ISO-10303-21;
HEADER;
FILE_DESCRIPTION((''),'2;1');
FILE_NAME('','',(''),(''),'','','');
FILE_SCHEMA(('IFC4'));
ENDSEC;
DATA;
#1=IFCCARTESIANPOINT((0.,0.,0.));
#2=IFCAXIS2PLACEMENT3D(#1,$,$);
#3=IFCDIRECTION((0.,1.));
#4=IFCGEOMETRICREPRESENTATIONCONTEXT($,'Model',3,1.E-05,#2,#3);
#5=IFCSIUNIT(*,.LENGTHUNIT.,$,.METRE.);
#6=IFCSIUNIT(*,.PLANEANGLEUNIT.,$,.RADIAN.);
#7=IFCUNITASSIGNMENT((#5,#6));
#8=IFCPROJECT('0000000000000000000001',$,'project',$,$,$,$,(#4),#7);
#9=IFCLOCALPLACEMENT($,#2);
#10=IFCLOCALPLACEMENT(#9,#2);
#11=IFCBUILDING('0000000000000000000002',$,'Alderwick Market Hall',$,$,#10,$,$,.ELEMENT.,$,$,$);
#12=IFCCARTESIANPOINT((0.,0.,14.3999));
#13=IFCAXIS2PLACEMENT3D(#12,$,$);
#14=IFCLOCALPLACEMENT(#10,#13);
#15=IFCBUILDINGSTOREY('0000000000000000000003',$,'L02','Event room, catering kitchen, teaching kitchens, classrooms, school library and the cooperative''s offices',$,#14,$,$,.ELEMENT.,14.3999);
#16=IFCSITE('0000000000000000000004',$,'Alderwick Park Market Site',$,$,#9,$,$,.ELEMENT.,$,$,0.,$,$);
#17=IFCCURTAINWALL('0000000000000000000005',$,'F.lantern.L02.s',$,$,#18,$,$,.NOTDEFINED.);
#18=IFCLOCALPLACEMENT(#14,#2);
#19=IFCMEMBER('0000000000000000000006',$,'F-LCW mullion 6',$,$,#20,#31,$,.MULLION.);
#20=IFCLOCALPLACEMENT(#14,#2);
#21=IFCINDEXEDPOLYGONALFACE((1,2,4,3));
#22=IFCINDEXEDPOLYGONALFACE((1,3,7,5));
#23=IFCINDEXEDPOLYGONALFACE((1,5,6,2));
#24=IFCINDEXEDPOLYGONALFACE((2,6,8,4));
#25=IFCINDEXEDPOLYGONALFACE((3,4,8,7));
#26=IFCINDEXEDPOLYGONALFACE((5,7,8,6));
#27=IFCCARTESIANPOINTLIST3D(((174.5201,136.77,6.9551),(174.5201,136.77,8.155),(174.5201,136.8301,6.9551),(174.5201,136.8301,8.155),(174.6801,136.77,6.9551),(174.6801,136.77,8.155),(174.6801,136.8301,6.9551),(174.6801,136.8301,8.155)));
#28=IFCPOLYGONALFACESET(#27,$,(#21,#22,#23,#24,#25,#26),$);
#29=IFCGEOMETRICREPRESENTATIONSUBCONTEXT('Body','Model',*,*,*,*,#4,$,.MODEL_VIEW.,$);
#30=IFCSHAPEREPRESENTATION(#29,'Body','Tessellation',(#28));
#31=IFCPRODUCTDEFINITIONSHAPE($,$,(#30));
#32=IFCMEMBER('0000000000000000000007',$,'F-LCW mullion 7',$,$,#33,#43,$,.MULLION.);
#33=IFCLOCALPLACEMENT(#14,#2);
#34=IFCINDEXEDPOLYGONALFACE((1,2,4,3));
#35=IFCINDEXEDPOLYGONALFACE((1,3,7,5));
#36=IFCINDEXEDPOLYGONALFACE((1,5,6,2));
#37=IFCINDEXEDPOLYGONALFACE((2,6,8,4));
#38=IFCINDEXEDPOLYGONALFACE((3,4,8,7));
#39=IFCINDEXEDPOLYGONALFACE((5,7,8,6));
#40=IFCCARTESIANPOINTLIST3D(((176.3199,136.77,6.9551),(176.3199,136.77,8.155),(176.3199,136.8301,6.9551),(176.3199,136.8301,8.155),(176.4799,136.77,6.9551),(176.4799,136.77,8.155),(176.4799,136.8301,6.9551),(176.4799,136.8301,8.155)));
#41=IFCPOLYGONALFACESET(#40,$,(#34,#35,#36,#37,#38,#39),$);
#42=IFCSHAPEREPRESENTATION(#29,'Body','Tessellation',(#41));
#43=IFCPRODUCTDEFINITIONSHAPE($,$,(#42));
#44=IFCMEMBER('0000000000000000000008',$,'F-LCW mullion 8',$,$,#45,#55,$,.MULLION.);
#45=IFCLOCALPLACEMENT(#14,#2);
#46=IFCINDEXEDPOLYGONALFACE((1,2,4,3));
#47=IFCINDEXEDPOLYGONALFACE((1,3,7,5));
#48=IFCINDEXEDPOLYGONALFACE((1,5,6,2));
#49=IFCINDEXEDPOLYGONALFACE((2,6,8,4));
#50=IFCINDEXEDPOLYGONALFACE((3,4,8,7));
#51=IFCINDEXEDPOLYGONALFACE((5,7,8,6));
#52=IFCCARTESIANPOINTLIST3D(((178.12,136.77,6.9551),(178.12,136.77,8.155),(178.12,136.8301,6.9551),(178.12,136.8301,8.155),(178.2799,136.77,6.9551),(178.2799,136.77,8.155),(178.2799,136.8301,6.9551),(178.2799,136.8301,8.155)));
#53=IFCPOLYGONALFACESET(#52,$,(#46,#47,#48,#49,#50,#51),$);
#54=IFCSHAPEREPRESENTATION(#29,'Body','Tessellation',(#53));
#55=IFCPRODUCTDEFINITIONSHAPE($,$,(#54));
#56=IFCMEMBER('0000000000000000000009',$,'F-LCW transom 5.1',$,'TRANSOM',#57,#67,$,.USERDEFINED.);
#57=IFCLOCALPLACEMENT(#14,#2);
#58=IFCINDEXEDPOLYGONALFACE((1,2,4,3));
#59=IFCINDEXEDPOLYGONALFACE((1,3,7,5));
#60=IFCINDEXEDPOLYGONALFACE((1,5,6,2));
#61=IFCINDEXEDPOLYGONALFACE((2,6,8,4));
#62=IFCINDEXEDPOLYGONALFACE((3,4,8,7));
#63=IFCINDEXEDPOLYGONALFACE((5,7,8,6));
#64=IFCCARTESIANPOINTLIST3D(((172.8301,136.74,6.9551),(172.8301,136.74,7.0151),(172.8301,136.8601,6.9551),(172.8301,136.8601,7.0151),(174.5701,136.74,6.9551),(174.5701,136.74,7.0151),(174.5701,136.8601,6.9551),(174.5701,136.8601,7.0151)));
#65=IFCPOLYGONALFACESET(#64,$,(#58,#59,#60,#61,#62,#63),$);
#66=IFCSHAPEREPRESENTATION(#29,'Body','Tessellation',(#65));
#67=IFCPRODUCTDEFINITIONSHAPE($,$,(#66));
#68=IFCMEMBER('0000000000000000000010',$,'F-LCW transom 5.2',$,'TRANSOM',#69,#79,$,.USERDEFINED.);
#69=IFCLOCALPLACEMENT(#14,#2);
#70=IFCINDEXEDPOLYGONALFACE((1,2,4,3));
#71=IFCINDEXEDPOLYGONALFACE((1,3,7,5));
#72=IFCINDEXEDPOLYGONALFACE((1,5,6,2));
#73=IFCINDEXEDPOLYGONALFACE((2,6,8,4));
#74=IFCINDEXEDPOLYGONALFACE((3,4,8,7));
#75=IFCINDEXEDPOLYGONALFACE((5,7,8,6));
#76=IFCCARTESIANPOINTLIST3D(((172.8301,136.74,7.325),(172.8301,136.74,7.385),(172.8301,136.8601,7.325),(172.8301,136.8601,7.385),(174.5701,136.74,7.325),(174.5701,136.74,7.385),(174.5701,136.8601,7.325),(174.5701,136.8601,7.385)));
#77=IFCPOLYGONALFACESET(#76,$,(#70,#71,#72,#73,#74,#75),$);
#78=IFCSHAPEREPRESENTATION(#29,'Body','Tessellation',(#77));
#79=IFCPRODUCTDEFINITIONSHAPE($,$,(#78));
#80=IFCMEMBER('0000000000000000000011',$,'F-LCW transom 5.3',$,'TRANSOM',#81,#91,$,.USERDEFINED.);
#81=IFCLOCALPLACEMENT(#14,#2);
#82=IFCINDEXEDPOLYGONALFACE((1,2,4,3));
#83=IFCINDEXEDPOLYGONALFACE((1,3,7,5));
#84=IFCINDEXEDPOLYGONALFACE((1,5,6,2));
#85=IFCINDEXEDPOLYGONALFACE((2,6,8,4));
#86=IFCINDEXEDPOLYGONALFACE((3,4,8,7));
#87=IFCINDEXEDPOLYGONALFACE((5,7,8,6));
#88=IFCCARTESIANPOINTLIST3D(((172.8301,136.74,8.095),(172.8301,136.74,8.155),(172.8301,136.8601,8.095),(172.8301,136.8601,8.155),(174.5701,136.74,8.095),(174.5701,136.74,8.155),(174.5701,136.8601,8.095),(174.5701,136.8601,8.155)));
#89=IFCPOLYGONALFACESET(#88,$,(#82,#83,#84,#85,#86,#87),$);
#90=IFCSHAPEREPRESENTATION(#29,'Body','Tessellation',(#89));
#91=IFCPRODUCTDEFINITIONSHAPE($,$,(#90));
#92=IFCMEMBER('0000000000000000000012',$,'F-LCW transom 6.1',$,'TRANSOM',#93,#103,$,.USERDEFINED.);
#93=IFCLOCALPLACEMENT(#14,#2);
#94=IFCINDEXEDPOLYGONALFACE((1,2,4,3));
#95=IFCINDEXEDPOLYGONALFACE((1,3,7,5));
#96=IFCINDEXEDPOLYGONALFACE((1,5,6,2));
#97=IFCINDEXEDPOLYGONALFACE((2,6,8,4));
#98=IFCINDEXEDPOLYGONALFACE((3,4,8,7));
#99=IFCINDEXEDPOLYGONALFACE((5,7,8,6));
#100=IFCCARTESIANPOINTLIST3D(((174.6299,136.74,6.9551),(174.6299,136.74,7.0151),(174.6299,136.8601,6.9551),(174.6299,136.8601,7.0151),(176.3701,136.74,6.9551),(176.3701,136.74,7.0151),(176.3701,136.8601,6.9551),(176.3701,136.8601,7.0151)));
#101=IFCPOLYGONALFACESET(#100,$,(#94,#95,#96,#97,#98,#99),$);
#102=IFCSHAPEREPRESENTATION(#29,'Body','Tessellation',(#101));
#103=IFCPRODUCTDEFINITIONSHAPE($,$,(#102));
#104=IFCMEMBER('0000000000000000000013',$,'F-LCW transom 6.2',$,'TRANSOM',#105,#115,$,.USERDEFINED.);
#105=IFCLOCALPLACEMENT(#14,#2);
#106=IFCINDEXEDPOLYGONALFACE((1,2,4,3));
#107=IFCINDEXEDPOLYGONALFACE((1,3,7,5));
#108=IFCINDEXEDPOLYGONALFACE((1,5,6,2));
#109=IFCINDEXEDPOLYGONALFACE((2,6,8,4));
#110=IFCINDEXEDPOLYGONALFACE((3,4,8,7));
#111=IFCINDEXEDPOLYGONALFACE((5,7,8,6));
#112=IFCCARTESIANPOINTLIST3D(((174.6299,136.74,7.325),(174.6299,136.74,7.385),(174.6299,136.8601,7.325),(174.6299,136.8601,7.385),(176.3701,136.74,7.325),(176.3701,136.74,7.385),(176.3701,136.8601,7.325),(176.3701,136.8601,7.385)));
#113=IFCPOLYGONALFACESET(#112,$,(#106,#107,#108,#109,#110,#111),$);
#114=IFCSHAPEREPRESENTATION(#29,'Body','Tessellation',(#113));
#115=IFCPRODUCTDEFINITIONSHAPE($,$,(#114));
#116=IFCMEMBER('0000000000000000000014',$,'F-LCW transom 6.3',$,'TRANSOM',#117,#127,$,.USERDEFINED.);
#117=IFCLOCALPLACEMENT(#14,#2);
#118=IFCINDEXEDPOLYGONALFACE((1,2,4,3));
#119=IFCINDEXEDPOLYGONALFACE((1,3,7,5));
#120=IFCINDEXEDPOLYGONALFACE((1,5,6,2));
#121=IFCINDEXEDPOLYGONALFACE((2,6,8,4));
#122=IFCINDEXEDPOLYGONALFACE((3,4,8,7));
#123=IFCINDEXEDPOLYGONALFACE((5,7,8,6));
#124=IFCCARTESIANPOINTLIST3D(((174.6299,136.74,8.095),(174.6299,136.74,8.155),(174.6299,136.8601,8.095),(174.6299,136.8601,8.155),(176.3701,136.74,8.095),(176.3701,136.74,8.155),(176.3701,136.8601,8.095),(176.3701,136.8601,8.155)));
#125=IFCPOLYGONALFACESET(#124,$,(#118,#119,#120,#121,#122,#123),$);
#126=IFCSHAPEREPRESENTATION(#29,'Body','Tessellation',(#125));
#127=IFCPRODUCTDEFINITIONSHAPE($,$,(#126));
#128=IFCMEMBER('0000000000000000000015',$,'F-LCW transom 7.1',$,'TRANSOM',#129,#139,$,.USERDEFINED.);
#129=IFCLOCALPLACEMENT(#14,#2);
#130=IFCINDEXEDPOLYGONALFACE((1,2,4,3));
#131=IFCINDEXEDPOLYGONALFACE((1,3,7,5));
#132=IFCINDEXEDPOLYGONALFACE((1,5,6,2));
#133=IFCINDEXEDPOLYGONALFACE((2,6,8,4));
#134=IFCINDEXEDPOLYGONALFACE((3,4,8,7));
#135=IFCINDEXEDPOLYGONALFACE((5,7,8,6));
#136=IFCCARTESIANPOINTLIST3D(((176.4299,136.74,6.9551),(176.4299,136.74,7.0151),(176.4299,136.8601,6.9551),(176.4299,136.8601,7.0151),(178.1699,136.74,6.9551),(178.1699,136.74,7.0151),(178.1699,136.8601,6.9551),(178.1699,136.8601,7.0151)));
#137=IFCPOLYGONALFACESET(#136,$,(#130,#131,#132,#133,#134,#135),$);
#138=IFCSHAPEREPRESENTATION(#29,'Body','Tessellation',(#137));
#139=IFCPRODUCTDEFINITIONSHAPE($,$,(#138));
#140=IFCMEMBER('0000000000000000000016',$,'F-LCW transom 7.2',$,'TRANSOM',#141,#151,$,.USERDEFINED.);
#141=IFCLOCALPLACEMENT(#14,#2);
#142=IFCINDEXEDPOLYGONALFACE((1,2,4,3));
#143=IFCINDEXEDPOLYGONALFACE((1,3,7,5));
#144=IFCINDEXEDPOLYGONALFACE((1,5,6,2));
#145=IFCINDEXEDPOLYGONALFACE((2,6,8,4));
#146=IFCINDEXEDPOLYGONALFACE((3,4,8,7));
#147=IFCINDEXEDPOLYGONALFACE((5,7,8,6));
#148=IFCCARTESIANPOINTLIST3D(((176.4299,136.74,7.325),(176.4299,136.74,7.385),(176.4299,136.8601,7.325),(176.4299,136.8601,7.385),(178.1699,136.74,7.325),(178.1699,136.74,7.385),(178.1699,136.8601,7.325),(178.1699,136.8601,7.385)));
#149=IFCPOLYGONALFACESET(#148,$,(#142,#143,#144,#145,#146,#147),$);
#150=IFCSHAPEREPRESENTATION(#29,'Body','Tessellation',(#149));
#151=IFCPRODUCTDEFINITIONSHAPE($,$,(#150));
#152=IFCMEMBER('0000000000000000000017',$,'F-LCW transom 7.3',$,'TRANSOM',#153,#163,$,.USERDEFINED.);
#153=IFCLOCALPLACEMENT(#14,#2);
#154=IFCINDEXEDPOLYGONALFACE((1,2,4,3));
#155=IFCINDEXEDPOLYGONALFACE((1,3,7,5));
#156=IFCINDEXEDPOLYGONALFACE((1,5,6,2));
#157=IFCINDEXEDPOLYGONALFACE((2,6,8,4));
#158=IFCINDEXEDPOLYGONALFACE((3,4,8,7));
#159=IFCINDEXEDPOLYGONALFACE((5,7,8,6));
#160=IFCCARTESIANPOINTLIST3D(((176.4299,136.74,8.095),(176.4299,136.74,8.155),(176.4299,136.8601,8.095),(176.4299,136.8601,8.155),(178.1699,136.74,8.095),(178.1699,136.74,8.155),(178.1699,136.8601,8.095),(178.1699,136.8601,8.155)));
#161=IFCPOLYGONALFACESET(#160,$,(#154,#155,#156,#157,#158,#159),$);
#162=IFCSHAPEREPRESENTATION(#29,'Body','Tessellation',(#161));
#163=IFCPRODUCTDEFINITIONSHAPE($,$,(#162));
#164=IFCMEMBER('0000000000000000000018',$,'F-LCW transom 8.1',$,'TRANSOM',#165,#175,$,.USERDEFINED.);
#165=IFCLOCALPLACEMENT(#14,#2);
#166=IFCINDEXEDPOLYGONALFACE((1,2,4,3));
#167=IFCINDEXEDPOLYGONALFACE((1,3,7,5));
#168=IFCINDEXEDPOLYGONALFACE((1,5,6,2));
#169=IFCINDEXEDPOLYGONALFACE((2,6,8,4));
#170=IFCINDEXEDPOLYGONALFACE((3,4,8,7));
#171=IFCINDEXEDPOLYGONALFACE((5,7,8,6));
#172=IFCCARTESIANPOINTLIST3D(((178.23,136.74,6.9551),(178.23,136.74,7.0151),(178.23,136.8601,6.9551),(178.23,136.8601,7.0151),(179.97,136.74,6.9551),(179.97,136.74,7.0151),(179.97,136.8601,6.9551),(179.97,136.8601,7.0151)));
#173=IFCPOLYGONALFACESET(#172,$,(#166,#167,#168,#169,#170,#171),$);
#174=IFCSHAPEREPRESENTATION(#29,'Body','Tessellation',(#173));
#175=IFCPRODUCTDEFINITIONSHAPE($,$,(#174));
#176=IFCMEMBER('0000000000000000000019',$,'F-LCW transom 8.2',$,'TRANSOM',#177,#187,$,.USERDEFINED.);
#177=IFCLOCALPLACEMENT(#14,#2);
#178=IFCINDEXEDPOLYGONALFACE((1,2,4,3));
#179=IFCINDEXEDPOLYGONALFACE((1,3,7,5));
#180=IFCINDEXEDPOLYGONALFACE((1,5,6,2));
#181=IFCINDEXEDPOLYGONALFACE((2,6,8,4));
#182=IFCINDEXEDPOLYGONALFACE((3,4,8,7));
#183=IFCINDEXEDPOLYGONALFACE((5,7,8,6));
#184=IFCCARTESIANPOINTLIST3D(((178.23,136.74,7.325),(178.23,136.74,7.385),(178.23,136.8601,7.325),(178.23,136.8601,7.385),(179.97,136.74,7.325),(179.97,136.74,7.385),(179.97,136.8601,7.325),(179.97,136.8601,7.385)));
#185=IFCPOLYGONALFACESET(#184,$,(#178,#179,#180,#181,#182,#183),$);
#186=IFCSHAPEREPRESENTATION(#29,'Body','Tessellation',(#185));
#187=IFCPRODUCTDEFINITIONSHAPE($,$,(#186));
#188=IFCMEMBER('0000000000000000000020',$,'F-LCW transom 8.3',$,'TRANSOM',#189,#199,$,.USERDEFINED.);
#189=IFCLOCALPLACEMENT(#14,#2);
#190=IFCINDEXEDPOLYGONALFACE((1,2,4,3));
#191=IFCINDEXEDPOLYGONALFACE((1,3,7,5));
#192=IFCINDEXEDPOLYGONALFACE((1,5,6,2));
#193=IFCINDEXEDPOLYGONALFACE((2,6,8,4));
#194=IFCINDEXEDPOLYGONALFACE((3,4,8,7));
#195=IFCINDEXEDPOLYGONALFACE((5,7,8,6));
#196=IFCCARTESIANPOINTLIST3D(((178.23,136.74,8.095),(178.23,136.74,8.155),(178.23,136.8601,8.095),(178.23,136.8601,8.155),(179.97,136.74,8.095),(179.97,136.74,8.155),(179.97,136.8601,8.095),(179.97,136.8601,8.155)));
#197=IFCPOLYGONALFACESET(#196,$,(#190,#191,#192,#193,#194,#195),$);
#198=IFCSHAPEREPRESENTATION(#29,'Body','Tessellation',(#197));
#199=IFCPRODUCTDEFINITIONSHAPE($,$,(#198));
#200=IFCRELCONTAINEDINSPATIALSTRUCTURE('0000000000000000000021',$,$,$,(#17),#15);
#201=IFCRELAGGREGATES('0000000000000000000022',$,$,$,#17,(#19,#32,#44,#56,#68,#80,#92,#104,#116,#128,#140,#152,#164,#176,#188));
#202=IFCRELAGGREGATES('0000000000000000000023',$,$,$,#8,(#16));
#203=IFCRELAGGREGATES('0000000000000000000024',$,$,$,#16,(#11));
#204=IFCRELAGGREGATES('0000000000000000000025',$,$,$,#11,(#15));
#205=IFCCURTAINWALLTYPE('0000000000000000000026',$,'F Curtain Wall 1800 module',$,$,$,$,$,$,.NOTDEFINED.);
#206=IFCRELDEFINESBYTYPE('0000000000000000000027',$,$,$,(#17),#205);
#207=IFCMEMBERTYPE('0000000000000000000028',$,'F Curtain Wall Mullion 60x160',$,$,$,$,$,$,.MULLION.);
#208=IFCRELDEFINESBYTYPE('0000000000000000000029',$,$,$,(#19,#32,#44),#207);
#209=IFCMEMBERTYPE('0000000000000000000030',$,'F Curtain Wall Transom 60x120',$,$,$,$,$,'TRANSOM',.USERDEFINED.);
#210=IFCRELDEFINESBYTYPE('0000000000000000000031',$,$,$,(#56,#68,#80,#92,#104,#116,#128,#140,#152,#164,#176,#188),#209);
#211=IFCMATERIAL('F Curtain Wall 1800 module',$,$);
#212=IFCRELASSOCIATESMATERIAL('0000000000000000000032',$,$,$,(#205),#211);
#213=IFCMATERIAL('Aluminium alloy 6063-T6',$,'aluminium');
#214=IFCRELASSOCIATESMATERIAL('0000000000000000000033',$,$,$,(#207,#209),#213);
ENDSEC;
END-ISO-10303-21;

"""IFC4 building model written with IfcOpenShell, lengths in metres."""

from ifc_helpers import new_model, si_unit, direction, frame, origin, origin_2d, place, context, subcontext, project, spatial, rectangle, extrude, material, material_profile, profile_set, type_object, element, aggregate, save


model = new_model("IFC4")

# Units and contexts
model_context = context("Model", 3, precision=1e-05, world=origin(), true_north=direction((0.0, 1.0)))
body_context = subcontext(model_context, "Body", "Model", "MODEL_VIEW")
ifc_project = project(units=[si_unit("LENGTHUNIT", "METRE"), si_unit("PLANEANGLEUNIT", "RADIAN")], contexts=[model_context])

# Site, building, storey
site_placement = place(None, origin())
site = spatial("IfcSite", under=ifc_project, at=site_placement, Name="Alderwick Park Market Site", CompositionType="ELEMENT", RefElevation=0.0)
building_placement = place(site_placement, origin())
building = spatial("IfcBuilding", under=site, at=building_placement, Name="Alderwick Market Hall", CompositionType="ELEMENT")
storey_placement = place(building_placement, frame((0.0, 0.0, 14.3999)))
storey = spatial("IfcBuildingStorey", under=building, at=storey_placement, Name="L02", Description="Event room, catering kitchen, teaching kitchens, classrooms, school library and the cooperative's offices", CompositionType="ELEMENT", Elevation=14.3999)

# Curtain wall, members
ifc_material_1 = material(Name="F Curtain Wall 1800 module")
curtain_wall_type = type_object("IfcCurtainWallType", Name="F Curtain Wall 1800 module", PredefinedType="NOTDEFINED", material=ifc_material_1)
curtain_wall_placement = place(storey_placement, origin())
curtain_wall = element("IfcCurtainWall", 1, at=curtain_wall_placement, inside=storey, type_object=curtain_wall_type, Name="F.lantern.L02.s", PredefinedType="NOTDEFINED")
ifc_material_2 = material(Name="Aluminium alloy 6063-T6", Category="aluminium")
ifc_material_profile_1 = material_profile(ifc_material_2, rectangle(XDim=0.0601, YDim=0.1599, at=origin_2d()), Name="AL 60x160")
ifc_profile_set_1 = profile_set([ifc_material_profile_1], Name="Aluminium alloy 6063-T6")
member_type_1 = type_object("IfcMemberType", Name="F Curtain Wall Mullion 60x160", PredefinedType="MULLION", material=ifc_profile_set_1)
member_1_placement = place(storey_placement, frame((174.6001, 136.8, 6.9551), z_axis=(0.0, 0.0, 1.0), x_axis=(0.0, 1.0, 0.0)))
member_1 = element("IfcMember", 2, at=member_1_placement, type_object=member_type_1, Name="F-LCW mullion 6", PredefinedType="MULLION", context=body_context, shape_type="SweptSolid", body=[
    extrude(rectangle(XDim=0.0601, YDim=0.1599, at=origin_2d()), origin(), (0.0, 0.0, 1.0), 1.2),
])
member_2_placement = place(storey_placement, frame((176.3999, 136.8, 6.9551), z_axis=(0.0, 0.0, 1.0), x_axis=(0.0, 1.0, 0.0)))
member_2 = element("IfcMember", 3, at=member_2_placement, type_object=member_type_1, Name="F-LCW mullion 7", PredefinedType="MULLION", context=body_context, shape_type="SweptSolid", body=[
    extrude(rectangle(XDim=0.0601, YDim=0.1599, at=origin_2d()), origin(), (0.0, 0.0, 1.0), 1.2),
])
member_3_placement = place(storey_placement, frame((178.2, 136.8, 6.9551), z_axis=(0.0, 0.0, 1.0), x_axis=(0.0, 1.0, 0.0)))
member_3 = element("IfcMember", 4, at=member_3_placement, type_object=member_type_1, Name="F-LCW mullion 8", PredefinedType="MULLION", context=body_context, shape_type="SweptSolid", body=[
    extrude(rectangle(XDim=0.0601, YDim=0.1599, at=origin_2d()), origin(), (0.0, 0.0, 1.0), 1.2),
])
ifc_material_profile_2 = material_profile(ifc_material_2, rectangle(XDim=0.1201, YDim=0.0601, at=origin_2d()), Name="AL 60x120")
ifc_profile_set_2 = profile_set([ifc_material_profile_2], Name="Aluminium alloy 6063-T6")
member_type_2 = type_object("IfcMemberType", Name="F Curtain Wall Transom 60x120", ElementType="TRANSOM", PredefinedType="USERDEFINED", material=ifc_profile_set_2)
member_4_placement = place(storey_placement, frame((172.8301, 136.8, 6.9851), z_axis=(1.0, 0.0, 0.0), x_axis=(0.0, 1.0, 0.0)))
member_4 = element("IfcMember", 5, at=member_4_placement, type_object=member_type_2, Name="F-LCW transom 5.1", ObjectType="TRANSOM", PredefinedType="USERDEFINED", context=body_context, shape_type="SweptSolid", body=[
    extrude(rectangle(XDim=0.1201, YDim=0.0601, at=origin_2d()), origin(), (0.0, 0.0, 1.0), 1.74),
])
member_5_placement = place(storey_placement, frame((172.8301, 136.8, 7.355), z_axis=(1.0, 0.0, 0.0), x_axis=(0.0, 1.0, 0.0)))
member_5 = element("IfcMember", 6, at=member_5_placement, type_object=member_type_2, Name="F-LCW transom 5.2", ObjectType="TRANSOM", PredefinedType="USERDEFINED", context=body_context, shape_type="SweptSolid", body=[
    extrude(rectangle(XDim=0.1201, YDim=0.0601, at=origin_2d()), origin(), (0.0, 0.0, 1.0), 1.74),
])
member_6_placement = place(storey_placement, frame((172.8301, 136.8, 8.125), z_axis=(1.0, 0.0, 0.0), x_axis=(0.0, 1.0, 0.0)))
member_6 = element("IfcMember", 7, at=member_6_placement, type_object=member_type_2, Name="F-LCW transom 5.3", ObjectType="TRANSOM", PredefinedType="USERDEFINED", context=body_context, shape_type="SweptSolid", body=[
    extrude(rectangle(XDim=0.1201, YDim=0.0601, at=origin_2d()), origin(), (0.0, 0.0, 1.0), 1.74),
])
member_7_placement = place(storey_placement, frame((174.6299, 136.8, 6.9851), z_axis=(1.0, 0.0, 0.0), x_axis=(0.0, 1.0, 0.0)))
member_7 = element("IfcMember", 8, at=member_7_placement, type_object=member_type_2, Name="F-LCW transom 6.1", ObjectType="TRANSOM", PredefinedType="USERDEFINED", context=body_context, shape_type="SweptSolid", body=[
    extrude(rectangle(XDim=0.1201, YDim=0.0601, at=origin_2d()), origin(), (0.0, 0.0, 1.0), 1.7402),
])
member_8_placement = place(storey_placement, frame((174.6299, 136.8, 7.355), z_axis=(1.0, 0.0, 0.0), x_axis=(0.0, 1.0, 0.0)))
member_8 = element("IfcMember", 9, at=member_8_placement, type_object=member_type_2, Name="F-LCW transom 6.2", ObjectType="TRANSOM", PredefinedType="USERDEFINED", context=body_context, shape_type="SweptSolid", body=[
    extrude(rectangle(XDim=0.1201, YDim=0.0601, at=origin_2d()), origin(), (0.0, 0.0, 1.0), 1.7402),
])
member_9_placement = place(storey_placement, frame((174.6299, 136.8, 8.125), z_axis=(1.0, 0.0, 0.0), x_axis=(0.0, 1.0, 0.0)))
member_9 = element("IfcMember", 10, at=member_9_placement, type_object=member_type_2, Name="F-LCW transom 6.3", ObjectType="TRANSOM", PredefinedType="USERDEFINED", context=body_context, shape_type="SweptSolid", body=[
    extrude(rectangle(XDim=0.1201, YDim=0.0601, at=origin_2d()), origin(), (0.0, 0.0, 1.0), 1.7402),
])
member_10_placement = place(storey_placement, frame((176.4299, 136.8, 6.9851), z_axis=(1.0, 0.0, 0.0), x_axis=(0.0, 1.0, 0.0)))
member_10 = element("IfcMember", 11, at=member_10_placement, type_object=member_type_2, Name="F-LCW transom 7.1", ObjectType="TRANSOM", PredefinedType="USERDEFINED", context=body_context, shape_type="SweptSolid", body=[
    extrude(rectangle(XDim=0.1201, YDim=0.0601, at=origin_2d()), origin(), (0.0, 0.0, 1.0), 1.74),
])
member_11_placement = place(storey_placement, frame((176.4299, 136.8, 7.355), z_axis=(1.0, 0.0, 0.0), x_axis=(0.0, 1.0, 0.0)))
member_11 = element("IfcMember", 12, at=member_11_placement, type_object=member_type_2, Name="F-LCW transom 7.2", ObjectType="TRANSOM", PredefinedType="USERDEFINED", context=body_context, shape_type="SweptSolid", body=[
    extrude(rectangle(XDim=0.1201, YDim=0.0601, at=origin_2d()), origin(), (0.0, 0.0, 1.0), 1.74),
])
member_12_placement = place(storey_placement, frame((176.4299, 136.8, 8.125), z_axis=(1.0, 0.0, 0.0), x_axis=(0.0, 1.0, 0.0)))
member_12 = element("IfcMember", 13, at=member_12_placement, type_object=member_type_2, Name="F-LCW transom 7.3", ObjectType="TRANSOM", PredefinedType="USERDEFINED", context=body_context, shape_type="SweptSolid", body=[
    extrude(rectangle(XDim=0.1201, YDim=0.0601, at=origin_2d()), origin(), (0.0, 0.0, 1.0), 1.74),
])
member_13_placement = place(storey_placement, frame((178.23, 136.8, 6.9851), z_axis=(1.0, 0.0, 0.0), x_axis=(0.0, 1.0, 0.0)))
member_13 = element("IfcMember", 14, at=member_13_placement, type_object=member_type_2, Name="F-LCW transom 8.1", ObjectType="TRANSOM", PredefinedType="USERDEFINED", context=body_context, shape_type="SweptSolid", body=[
    extrude(rectangle(XDim=0.1201, YDim=0.0601, at=origin_2d()), origin(), (0.0, 0.0, 1.0), 1.74),
])
member_14_placement = place(storey_placement, frame((178.23, 136.8, 7.355), z_axis=(1.0, 0.0, 0.0), x_axis=(0.0, 1.0, 0.0)))
member_14 = element("IfcMember", 15, at=member_14_placement, type_object=member_type_2, Name="F-LCW transom 8.2", ObjectType="TRANSOM", PredefinedType="USERDEFINED", context=body_context, shape_type="SweptSolid", body=[
    extrude(rectangle(XDim=0.1201, YDim=0.0601, at=origin_2d()), origin(), (0.0, 0.0, 1.0), 1.74),
])
member_15_placement = place(storey_placement, frame((178.23, 136.8, 8.125), z_axis=(1.0, 0.0, 0.0), x_axis=(0.0, 1.0, 0.0)))
member_15 = element("IfcMember", 16, at=member_15_placement, type_object=member_type_2, Name="F-LCW transom 8.3", ObjectType="TRANSOM", PredefinedType="USERDEFINED", context=body_context, shape_type="SweptSolid", body=[
    extrude(rectangle(XDim=0.1201, YDim=0.0601, at=origin_2d()), origin(), (0.0, 0.0, 1.0), 1.74),
])

aggregate(curtain_wall, [member_1, member_2, member_3, member_4, member_5, member_6, member_7, member_8, member_9, member_10, member_11, member_12, member_13, member_14, member_15])

save(model, "model.ifc")
